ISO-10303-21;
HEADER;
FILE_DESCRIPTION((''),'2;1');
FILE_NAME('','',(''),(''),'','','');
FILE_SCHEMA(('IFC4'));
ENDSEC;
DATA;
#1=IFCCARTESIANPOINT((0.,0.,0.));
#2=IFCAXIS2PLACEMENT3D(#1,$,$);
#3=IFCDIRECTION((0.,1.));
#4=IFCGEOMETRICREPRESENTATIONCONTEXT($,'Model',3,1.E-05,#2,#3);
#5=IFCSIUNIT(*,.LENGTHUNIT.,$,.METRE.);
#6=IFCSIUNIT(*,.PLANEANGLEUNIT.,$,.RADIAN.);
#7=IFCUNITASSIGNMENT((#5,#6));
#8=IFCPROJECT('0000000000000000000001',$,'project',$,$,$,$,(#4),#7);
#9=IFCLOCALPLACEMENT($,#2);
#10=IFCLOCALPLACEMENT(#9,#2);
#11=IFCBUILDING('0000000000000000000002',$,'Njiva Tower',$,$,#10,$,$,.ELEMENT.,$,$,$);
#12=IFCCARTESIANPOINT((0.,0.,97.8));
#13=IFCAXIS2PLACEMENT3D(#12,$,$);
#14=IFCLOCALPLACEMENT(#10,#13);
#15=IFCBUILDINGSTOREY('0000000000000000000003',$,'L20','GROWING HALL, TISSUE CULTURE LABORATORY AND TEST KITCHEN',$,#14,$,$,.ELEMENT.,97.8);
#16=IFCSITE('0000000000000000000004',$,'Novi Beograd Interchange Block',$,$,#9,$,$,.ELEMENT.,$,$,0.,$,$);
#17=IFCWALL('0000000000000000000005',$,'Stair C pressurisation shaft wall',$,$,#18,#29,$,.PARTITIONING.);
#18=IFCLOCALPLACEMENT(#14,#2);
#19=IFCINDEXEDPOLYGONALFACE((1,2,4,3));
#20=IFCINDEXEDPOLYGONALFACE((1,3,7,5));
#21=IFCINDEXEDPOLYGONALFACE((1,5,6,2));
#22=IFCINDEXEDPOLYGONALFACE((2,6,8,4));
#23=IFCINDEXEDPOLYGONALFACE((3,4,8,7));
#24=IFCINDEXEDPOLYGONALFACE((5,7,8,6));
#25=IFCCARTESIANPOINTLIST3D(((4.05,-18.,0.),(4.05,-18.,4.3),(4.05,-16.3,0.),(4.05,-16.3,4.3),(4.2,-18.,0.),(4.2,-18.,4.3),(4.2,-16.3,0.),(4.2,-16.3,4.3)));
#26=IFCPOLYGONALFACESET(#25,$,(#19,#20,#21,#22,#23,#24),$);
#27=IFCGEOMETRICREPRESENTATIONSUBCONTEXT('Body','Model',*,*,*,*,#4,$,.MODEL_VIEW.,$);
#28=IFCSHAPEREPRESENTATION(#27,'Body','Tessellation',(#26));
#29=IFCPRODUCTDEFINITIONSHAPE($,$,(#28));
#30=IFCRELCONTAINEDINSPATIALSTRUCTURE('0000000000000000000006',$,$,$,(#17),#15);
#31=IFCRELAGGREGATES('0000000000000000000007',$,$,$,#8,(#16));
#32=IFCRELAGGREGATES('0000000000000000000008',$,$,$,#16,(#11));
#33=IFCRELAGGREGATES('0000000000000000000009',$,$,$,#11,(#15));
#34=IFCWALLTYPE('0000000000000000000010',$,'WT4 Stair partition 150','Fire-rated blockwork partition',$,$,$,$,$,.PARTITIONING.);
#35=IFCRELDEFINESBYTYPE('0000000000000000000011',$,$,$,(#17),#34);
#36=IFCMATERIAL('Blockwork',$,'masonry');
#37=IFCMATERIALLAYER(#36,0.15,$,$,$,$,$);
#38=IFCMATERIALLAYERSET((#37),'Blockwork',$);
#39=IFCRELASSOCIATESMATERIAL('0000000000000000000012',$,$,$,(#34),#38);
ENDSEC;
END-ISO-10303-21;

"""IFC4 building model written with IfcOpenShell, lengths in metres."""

from ifc_helpers import new_model, si_unit, direction, frame, frame_2d, origin, place, context, subcontext, project, spatial, rectangle, extrude, material, layer, layer_set, type_object, element, save


model = new_model("IFC4")

# Units and contexts
model_context = context("Model", 3, precision=1e-05, world=origin(), true_north=direction((0.0, 1.0)))
body_context = subcontext(model_context, "Body", "Model", "MODEL_VIEW")
ifc_project = project(units=[si_unit("LENGTHUNIT", "METRE"), si_unit("PLANEANGLEUNIT", "RADIAN")], contexts=[model_context])

# Site, building, storey
site_placement = place(None, origin())
site = spatial("IfcSite", under=ifc_project, at=site_placement, Name="Novi Beograd Interchange Block", CompositionType="ELEMENT", RefElevation=0.0)
building_placement = place(site_placement, origin())
building = spatial("IfcBuilding", under=site, at=building_placement, Name="Njiva Tower", CompositionType="ELEMENT")
storey_placement = place(building_placement, frame((0.0, 0.0, 97.8)))
storey = spatial("IfcBuildingStorey", under=building, at=storey_placement, Name="L20", Description="GROWING HALL, TISSUE CULTURE LABORATORY AND TEST KITCHEN", CompositionType="ELEMENT", Elevation=97.8)

# Shared definitions
ifc_material_1 = material(Name="Blockwork", Category="masonry")
ifc_layer_1 = layer(ifc_material_1, 0.15)
ifc_layer_set_1 = layer_set([ifc_layer_1], Name="Blockwork")
wall_type_1 = type_object("IfcWallType", Name="WT4 Stair partition 150", Description="Fire-rated blockwork partition", PredefinedType="PARTITIONING", material=ifc_layer_set_1)

# Wall
wall_1_placement = place(storey_placement, frame((4.125, -18.0, 0.0), z_axis=(0.0, 0.0, 1.0), x_axis=(0.0, 1.0, 0.0)))
element("IfcWall", 1, at=wall_1_placement, inside=storey, type_object=wall_type_1, Name="Stair C pressurisation shaft wall", PredefinedType="PARTITIONING", context=body_context, shape_type="SweptSolid", body=[
    extrude(rectangle(XDim=1.7, YDim=0.15, at=frame_2d((0.85, 0.0))), origin(), (0.0, 0.0, 1.0), 4.3),
])

save(model, "model.ifc")
